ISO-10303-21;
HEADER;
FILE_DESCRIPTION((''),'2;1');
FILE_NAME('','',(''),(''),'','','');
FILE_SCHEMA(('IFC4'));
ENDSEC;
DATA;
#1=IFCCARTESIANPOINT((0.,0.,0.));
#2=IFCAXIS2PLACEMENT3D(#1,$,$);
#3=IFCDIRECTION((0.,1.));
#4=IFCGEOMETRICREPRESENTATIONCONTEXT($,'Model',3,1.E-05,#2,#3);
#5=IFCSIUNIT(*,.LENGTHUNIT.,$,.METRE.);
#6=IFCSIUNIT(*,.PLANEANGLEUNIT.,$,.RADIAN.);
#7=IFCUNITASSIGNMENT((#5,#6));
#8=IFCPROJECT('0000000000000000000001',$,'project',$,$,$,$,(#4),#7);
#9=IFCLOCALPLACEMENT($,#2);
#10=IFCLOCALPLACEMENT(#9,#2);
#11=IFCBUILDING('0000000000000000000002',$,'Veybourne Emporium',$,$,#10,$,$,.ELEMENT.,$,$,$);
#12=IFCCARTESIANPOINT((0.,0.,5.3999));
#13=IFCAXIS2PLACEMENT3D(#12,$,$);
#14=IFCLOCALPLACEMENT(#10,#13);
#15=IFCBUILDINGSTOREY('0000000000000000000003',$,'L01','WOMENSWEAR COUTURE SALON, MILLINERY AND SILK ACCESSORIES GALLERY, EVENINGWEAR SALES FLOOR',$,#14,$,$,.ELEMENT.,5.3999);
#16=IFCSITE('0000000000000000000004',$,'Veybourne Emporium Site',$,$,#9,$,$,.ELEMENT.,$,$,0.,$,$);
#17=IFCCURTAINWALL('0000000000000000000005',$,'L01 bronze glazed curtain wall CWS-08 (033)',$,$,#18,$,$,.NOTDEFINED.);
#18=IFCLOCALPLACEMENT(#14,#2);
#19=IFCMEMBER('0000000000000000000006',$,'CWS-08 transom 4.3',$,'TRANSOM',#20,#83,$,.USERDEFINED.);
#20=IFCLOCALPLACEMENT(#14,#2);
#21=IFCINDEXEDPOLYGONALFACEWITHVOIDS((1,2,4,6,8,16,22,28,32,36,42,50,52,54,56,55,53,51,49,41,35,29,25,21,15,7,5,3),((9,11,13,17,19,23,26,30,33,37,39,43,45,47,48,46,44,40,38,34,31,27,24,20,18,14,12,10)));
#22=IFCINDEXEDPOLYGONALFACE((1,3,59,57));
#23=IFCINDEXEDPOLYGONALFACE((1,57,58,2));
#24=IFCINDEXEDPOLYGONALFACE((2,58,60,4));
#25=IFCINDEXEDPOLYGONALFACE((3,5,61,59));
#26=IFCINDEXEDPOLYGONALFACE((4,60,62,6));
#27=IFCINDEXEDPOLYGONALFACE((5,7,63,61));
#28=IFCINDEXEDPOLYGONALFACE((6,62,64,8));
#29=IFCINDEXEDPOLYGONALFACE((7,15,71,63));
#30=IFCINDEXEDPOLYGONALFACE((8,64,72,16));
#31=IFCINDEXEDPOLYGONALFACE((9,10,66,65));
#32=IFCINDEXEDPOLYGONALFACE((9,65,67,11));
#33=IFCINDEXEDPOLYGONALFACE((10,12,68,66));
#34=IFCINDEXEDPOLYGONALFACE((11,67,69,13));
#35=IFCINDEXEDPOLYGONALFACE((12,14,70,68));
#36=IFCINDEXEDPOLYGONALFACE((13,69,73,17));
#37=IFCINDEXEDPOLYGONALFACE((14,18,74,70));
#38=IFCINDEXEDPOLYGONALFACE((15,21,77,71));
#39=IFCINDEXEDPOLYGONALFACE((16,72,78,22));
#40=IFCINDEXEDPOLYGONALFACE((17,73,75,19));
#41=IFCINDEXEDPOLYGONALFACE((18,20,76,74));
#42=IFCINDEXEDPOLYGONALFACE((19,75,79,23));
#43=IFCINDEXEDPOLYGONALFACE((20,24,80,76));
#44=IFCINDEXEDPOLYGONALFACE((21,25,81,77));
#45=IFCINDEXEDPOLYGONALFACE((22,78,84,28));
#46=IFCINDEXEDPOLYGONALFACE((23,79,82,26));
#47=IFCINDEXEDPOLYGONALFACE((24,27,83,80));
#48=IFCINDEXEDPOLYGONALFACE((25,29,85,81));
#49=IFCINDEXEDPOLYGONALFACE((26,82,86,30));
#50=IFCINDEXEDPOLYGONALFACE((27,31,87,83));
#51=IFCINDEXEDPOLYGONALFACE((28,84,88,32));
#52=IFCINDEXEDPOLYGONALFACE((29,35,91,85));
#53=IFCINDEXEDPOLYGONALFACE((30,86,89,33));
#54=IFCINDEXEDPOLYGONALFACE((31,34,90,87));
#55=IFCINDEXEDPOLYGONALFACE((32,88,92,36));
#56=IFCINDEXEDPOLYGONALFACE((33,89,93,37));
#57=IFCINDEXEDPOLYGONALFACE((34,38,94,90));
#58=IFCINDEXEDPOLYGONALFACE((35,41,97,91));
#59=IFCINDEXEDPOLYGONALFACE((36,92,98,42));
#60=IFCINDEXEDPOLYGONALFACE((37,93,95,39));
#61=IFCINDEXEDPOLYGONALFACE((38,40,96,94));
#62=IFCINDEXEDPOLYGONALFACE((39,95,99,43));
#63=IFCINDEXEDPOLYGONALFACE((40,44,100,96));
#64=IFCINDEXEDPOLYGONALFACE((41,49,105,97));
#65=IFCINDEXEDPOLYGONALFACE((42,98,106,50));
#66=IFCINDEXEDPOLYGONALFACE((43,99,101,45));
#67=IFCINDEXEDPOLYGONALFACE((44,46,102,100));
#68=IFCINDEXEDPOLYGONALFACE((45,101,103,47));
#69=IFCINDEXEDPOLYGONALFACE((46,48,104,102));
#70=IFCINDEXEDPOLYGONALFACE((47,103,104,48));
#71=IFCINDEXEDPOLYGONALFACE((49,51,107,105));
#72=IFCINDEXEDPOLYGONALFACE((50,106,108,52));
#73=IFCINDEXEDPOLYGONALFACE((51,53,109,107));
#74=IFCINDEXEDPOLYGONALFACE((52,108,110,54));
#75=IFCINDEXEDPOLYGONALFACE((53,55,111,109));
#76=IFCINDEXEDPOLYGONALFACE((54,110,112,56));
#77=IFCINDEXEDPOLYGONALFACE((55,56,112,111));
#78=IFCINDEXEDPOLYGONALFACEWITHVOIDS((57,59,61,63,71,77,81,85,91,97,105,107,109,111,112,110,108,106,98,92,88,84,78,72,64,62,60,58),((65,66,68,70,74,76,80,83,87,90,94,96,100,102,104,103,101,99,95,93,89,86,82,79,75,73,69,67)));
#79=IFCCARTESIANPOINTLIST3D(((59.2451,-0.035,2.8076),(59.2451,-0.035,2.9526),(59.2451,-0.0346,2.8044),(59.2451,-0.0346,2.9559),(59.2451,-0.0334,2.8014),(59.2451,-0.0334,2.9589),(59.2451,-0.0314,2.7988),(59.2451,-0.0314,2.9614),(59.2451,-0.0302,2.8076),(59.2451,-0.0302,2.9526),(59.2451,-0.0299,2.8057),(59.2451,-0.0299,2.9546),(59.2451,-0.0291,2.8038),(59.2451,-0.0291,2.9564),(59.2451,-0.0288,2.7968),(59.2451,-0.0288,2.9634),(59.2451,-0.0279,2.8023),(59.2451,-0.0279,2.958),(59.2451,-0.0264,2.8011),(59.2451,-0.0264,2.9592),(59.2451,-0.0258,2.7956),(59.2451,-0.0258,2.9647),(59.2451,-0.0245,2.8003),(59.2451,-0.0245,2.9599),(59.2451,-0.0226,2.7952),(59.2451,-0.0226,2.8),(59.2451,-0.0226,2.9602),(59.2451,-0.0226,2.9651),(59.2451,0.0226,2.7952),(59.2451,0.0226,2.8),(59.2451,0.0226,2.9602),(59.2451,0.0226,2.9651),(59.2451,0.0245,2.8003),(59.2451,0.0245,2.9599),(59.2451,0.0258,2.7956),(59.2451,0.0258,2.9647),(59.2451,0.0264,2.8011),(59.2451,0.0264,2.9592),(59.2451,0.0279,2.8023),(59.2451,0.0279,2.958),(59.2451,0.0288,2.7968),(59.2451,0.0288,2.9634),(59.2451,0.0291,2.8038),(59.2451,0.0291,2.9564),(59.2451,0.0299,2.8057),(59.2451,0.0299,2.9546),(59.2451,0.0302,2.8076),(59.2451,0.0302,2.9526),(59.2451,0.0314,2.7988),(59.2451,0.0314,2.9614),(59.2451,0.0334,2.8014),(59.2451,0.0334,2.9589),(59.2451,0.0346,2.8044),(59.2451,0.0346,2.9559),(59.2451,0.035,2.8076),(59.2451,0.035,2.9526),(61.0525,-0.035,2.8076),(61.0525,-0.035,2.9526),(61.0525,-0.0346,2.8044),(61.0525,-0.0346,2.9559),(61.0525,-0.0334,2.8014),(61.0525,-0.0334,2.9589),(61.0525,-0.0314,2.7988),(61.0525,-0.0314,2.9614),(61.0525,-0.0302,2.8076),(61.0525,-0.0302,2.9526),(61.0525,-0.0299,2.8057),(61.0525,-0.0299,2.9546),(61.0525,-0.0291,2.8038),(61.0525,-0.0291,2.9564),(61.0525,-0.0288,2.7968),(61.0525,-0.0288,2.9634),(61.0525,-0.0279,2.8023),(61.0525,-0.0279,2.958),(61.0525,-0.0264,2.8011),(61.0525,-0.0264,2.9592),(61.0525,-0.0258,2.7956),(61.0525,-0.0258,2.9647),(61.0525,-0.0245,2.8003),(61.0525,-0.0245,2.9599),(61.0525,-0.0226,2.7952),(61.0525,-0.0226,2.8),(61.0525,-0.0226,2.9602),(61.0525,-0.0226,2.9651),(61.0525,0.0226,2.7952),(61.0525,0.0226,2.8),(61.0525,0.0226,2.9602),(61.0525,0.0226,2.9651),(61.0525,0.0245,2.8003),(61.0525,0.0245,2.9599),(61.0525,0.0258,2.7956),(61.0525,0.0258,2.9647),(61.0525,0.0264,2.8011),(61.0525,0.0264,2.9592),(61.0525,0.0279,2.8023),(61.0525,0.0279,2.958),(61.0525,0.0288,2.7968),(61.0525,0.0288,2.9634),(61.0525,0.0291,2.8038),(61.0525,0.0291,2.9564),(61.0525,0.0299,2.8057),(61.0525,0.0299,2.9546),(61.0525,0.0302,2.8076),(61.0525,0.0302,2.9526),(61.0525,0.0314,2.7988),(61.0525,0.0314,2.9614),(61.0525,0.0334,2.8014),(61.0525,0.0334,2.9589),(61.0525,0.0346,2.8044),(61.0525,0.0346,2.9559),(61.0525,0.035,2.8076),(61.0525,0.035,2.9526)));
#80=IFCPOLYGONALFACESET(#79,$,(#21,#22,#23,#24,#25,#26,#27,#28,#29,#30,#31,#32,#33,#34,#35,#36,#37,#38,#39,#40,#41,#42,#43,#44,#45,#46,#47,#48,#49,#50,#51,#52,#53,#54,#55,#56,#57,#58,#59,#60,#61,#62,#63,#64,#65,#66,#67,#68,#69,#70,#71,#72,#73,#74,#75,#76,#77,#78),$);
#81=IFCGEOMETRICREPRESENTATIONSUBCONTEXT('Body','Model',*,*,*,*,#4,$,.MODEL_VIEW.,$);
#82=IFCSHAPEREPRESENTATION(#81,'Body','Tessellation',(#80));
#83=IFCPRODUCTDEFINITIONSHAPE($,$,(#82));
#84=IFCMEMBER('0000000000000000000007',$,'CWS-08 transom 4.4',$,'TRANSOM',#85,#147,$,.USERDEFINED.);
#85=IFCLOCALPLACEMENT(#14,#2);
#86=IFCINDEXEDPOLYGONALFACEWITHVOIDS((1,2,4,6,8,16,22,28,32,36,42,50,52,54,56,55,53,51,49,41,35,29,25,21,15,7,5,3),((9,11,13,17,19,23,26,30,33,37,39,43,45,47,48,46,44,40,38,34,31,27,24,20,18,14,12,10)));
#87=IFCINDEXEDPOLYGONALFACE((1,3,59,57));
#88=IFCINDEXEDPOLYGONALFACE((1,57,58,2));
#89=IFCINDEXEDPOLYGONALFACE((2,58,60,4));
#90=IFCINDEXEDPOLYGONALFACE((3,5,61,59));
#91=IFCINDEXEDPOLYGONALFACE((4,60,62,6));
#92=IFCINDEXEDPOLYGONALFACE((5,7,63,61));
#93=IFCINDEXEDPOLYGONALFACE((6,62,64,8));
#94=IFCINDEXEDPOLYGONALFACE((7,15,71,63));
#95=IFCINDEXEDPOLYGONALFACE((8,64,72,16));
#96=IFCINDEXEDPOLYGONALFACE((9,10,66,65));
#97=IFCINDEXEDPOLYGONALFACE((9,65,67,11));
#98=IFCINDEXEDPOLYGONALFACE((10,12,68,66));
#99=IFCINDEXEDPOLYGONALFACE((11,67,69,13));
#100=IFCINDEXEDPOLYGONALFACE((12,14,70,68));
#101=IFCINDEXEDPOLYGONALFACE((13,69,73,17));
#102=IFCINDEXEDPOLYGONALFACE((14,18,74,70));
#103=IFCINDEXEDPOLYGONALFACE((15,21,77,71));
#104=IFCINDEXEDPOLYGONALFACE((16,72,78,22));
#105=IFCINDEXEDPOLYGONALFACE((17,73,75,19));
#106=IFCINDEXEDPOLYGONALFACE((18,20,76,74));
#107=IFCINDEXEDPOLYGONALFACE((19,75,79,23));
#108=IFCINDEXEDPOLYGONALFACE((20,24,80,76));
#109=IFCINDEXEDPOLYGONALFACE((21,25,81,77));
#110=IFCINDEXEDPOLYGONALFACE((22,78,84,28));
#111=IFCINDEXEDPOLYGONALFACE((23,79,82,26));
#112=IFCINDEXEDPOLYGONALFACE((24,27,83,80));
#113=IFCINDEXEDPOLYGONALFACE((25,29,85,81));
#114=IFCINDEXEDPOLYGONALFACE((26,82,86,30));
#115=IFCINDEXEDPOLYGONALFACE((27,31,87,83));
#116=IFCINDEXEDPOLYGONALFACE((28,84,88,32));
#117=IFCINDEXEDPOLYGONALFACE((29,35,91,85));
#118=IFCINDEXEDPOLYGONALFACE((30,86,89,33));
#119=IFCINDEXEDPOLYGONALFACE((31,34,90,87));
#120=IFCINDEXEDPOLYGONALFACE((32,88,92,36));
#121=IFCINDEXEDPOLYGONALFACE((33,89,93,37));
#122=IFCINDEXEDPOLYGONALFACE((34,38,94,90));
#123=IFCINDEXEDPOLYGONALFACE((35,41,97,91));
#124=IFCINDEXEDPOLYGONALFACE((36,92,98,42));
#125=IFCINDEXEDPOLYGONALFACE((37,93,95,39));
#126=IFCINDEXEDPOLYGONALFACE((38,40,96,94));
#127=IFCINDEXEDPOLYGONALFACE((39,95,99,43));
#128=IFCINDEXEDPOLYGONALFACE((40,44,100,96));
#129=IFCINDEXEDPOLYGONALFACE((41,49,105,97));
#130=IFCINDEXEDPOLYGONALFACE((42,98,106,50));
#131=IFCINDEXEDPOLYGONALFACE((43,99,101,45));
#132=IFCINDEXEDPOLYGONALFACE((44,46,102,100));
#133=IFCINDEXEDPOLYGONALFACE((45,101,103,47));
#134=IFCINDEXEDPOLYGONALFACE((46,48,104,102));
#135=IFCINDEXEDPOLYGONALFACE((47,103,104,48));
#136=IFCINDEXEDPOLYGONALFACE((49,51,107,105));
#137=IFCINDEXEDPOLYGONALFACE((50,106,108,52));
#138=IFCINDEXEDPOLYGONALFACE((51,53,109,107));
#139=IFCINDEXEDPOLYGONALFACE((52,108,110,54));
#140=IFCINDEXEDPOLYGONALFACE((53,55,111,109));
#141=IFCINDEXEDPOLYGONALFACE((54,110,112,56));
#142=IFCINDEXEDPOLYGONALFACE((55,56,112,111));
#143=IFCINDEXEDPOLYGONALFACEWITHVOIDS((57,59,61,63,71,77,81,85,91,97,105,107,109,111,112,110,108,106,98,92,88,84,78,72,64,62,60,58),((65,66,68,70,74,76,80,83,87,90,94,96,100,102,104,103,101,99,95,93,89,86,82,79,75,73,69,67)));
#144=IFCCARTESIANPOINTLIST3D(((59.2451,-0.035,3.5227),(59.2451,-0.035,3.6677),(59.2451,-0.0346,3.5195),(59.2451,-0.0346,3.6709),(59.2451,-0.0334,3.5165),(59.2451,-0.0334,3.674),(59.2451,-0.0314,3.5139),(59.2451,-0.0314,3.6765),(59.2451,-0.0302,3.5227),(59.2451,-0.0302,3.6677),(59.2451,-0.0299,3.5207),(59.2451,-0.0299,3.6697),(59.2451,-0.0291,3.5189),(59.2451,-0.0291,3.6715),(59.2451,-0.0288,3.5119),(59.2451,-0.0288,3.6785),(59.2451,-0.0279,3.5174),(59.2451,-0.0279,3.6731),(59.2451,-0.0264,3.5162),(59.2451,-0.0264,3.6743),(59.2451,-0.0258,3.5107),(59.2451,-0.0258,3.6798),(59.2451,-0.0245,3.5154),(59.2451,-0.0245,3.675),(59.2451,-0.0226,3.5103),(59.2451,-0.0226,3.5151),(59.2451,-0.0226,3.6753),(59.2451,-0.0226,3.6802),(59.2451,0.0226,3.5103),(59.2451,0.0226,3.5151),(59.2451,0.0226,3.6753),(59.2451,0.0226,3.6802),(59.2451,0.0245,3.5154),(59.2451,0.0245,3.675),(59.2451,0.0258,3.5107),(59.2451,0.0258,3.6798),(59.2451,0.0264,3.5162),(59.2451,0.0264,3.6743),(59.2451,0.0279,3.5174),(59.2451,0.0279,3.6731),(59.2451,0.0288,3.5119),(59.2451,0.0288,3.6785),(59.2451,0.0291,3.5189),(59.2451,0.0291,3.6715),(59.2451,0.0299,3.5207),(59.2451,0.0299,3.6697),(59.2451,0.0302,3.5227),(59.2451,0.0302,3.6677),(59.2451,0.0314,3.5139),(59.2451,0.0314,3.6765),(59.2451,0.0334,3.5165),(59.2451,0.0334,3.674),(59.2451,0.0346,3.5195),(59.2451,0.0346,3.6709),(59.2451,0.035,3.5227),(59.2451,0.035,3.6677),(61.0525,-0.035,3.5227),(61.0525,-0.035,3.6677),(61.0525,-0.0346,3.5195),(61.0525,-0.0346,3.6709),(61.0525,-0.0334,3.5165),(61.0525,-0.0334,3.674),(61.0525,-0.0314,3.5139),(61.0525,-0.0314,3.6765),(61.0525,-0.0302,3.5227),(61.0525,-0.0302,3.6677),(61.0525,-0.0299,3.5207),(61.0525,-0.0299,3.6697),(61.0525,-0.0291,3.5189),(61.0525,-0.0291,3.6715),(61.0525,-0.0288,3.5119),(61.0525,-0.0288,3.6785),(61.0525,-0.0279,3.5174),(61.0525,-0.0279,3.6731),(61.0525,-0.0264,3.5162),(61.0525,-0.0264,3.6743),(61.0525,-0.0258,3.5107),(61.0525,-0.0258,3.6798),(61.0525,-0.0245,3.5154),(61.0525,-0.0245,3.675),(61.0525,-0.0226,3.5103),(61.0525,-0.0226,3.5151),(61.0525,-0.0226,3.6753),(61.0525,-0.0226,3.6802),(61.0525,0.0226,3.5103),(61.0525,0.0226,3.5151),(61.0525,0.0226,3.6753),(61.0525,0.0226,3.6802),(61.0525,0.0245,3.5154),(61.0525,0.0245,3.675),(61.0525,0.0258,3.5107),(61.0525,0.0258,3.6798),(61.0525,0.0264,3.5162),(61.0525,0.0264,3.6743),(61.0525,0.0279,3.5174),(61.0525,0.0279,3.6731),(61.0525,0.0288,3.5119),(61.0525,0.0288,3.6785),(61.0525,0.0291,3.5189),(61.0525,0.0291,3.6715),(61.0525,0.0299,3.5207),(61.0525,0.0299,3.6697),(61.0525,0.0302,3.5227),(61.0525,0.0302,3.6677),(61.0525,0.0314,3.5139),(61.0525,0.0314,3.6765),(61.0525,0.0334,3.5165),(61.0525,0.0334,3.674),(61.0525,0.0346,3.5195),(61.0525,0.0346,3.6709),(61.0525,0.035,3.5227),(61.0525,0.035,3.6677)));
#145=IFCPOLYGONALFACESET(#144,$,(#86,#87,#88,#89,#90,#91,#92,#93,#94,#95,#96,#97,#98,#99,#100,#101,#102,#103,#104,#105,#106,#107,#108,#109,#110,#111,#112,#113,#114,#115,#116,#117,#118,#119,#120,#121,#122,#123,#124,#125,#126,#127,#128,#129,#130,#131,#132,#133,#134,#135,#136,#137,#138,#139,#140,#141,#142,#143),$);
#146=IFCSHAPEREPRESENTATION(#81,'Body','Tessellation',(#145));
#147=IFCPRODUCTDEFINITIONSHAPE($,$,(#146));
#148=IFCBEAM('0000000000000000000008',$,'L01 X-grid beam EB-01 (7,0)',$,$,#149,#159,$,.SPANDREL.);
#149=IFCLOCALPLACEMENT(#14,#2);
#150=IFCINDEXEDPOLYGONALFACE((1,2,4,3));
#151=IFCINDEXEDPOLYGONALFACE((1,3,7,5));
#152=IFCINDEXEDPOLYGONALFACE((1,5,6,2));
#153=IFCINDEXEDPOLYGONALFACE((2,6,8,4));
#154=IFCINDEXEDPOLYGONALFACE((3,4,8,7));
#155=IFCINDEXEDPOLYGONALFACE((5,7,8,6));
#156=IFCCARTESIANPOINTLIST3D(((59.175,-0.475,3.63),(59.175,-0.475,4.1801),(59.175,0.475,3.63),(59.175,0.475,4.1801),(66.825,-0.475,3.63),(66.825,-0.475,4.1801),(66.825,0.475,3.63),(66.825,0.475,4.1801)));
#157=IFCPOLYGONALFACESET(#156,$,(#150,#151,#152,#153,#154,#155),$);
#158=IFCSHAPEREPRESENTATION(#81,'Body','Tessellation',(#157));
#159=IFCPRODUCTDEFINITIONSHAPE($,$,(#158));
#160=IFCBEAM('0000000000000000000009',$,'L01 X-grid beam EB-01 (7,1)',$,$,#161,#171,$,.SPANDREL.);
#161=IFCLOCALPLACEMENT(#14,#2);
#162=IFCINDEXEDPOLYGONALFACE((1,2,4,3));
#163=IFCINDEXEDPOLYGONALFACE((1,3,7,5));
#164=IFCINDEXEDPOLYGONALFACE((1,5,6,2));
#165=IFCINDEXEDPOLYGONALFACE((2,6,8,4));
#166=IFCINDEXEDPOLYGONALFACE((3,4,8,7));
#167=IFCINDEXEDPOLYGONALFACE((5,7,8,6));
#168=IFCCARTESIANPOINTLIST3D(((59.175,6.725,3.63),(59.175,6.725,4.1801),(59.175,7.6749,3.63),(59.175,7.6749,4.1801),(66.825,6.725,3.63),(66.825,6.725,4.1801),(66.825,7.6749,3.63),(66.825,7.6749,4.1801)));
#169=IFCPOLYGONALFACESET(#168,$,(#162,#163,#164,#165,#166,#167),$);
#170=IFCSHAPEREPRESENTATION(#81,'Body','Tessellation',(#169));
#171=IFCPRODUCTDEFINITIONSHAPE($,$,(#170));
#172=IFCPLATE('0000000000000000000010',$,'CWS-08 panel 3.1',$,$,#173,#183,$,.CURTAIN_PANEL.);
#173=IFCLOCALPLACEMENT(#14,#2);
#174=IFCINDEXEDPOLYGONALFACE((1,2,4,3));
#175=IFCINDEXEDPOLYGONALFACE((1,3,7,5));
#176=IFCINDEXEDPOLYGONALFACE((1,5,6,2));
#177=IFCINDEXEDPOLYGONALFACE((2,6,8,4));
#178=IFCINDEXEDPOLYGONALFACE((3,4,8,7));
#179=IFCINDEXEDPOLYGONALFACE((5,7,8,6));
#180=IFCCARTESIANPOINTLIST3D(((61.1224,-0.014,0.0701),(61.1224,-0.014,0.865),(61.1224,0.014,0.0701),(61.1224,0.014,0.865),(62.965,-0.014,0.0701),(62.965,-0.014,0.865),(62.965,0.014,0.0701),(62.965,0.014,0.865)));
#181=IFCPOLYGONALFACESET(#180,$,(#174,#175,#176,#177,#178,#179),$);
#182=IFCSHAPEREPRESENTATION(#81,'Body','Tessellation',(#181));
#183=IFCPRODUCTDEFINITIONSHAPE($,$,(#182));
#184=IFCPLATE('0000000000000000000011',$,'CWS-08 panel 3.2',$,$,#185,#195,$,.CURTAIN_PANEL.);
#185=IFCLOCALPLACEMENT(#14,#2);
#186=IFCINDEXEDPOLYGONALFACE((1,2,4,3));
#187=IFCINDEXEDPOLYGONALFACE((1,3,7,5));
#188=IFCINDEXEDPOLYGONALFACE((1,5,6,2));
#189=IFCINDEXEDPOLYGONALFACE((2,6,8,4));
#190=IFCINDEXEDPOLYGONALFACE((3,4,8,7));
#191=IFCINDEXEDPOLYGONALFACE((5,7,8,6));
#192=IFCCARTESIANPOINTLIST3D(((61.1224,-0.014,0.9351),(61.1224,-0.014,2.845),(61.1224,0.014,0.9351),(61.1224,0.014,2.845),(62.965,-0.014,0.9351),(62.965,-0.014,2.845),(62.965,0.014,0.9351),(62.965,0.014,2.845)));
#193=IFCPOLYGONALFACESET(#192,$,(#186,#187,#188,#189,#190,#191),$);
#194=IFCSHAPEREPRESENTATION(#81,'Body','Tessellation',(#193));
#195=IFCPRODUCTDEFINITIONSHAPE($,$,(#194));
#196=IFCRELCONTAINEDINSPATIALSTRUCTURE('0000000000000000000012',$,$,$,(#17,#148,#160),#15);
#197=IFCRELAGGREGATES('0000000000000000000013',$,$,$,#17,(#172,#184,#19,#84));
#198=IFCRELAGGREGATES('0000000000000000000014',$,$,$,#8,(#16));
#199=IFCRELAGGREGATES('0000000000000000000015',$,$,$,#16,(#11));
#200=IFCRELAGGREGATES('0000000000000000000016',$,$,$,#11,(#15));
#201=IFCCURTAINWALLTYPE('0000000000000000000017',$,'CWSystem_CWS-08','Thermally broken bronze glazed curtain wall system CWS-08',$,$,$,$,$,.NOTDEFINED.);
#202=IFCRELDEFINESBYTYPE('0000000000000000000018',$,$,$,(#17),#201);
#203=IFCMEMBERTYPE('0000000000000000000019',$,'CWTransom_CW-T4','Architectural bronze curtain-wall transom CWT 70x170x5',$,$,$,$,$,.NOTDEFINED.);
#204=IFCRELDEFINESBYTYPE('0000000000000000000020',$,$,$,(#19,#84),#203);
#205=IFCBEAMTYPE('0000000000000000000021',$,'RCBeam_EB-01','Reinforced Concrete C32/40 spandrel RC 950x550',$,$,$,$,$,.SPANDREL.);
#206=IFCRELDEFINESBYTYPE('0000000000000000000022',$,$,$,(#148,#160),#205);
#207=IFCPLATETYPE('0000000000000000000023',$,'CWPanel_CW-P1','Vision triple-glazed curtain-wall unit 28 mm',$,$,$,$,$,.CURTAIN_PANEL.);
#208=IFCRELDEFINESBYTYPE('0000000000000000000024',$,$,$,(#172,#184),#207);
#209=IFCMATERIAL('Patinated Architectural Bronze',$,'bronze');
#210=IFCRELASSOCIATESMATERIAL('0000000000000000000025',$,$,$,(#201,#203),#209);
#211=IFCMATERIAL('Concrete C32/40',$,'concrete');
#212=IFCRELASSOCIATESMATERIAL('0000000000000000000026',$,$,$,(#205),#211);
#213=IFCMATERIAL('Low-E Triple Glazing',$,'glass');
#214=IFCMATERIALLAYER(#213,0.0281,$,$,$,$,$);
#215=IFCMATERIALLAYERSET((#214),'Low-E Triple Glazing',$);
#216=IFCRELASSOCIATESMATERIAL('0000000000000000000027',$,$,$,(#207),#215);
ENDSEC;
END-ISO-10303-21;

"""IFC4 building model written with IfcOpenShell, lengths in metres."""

from ifc_helpers import new_model, si_unit, direction, frame, origin, origin_2d, place, context, subcontext, project, spatial, rectangle, hollow_rectangle, extrude, material, layer, layer_set, material_profile, profile_set, type_object, element, aggregate, save


model = new_model("IFC4")

# Units and contexts
model_context = context("Model", 3, precision=1e-05, world=origin(), true_north=direction((0.0, 1.0)))
body_context = subcontext(model_context, "Body", "Model", "MODEL_VIEW")
ifc_project = project(units=[si_unit("LENGTHUNIT", "METRE"), si_unit("PLANEANGLEUNIT", "RADIAN")], contexts=[model_context])

# Site, building, storey
site_placement = place(None, origin())
site = spatial("IfcSite", under=ifc_project, at=site_placement, Name="Veybourne Emporium Site", CompositionType="ELEMENT", RefElevation=0.0)
building_placement = place(site_placement, origin())
building = spatial("IfcBuilding", under=site, at=building_placement, Name="Veybourne Emporium", CompositionType="ELEMENT")
storey_placement = place(building_placement, frame((0.0, 0.0, 5.3999)))
storey = spatial("IfcBuildingStorey", under=building, at=storey_placement, Name="L01", Description="WOMENSWEAR COUTURE SALON, MILLINERY AND SILK ACCESSORIES GALLERY, EVENINGWEAR SALES FLOOR", CompositionType="ELEMENT", Elevation=5.3999)

# Shared definitions
ifc_material_1 = material(Name="Patinated Architectural Bronze", Category="bronze")

# Curtain wall
curtain_wall_type_1 = type_object("IfcCurtainWallType", Name="CWSystem_CWS-08", Description="Thermally broken bronze glazed curtain wall system CWS-08", PredefinedType="NOTDEFINED", material=ifc_material_1)
curtain_wall_1_placement = place(storey_placement, origin())
curtain_wall_1 = element("IfcCurtainWall", 1, at=curtain_wall_1_placement, inside=storey, type_object=curtain_wall_type_1, Name="L01 bronze glazed curtain wall CWS-08 (033)", PredefinedType="NOTDEFINED")

# Members
ifc_material_profile_1 = material_profile(ifc_material_1, hollow_rectangle(XDim=0.0701, YDim=0.1699, WallThickness=0.0049, InnerFilletRadius=0.0076, OuterFilletRadius=0.0125, at=origin_2d()), Name="CWT 70x170x5")
ifc_profile_set_1 = profile_set([ifc_material_profile_1], Name="Patinated Architectural Bronze")
member_type_1 = type_object("IfcMemberType", Name="CWTransom_CW-T4", Description="Architectural bronze curtain-wall transom CWT 70x170x5", PredefinedType="NOTDEFINED", material=ifc_profile_set_1)
member_1_placement = place(storey_placement, frame((61.0525, 0.0, 2.8801), z_axis=(-1.0, 0.0, 0.0), x_axis=(0.0, -1.0, 0.0)))
member_1 = element("IfcMember", 2, at=member_1_placement, type_object=member_type_1, Name="CWS-08 transom 4.3", ObjectType="TRANSOM", PredefinedType="USERDEFINED", context=body_context, shape_type="SweptSolid", body=[
    extrude(hollow_rectangle(XDim=0.0701, YDim=0.1699, WallThickness=0.0049, InnerFilletRadius=0.0076, OuterFilletRadius=0.0125, at=origin_2d()), origin(), (0.0, 0.0, 1.0), 1.8074),
])
member_2_placement = place(storey_placement, frame((61.0525, 0.0, 3.5952), z_axis=(-1.0, 0.0, 0.0), x_axis=(0.0, -1.0, 0.0)))
member_2 = element("IfcMember", 3, at=member_2_placement, type_object=member_type_1, Name="CWS-08 transom 4.4", ObjectType="TRANSOM", PredefinedType="USERDEFINED", context=body_context, shape_type="SweptSolid", body=[
    extrude(hollow_rectangle(XDim=0.0701, YDim=0.1699, WallThickness=0.0049, InnerFilletRadius=0.0076, OuterFilletRadius=0.0125, at=origin_2d()), origin(), (0.0, 0.0, 1.0), 1.8074),
])

# Beams
ifc_material_2 = material(Name="Concrete C32/40", Category="concrete")
ifc_material_profile_2 = material_profile(ifc_material_2, rectangle(XDim=0.95, YDim=0.55, at=origin_2d()), Name="RC 950x550")
ifc_profile_set_2 = profile_set([ifc_material_profile_2], Name="Concrete C32/40")
beam_type = type_object("IfcBeamType", Name="RCBeam_EB-01", Description="Reinforced Concrete C32/40 spandrel RC 950x550", PredefinedType="SPANDREL", material=ifc_profile_set_2)
for number, where, z_axis, x_axis, name in (
    (4, (59.175, 0.0, 3.905), (1.0, 0.0, 0.0), (0.0, 1.0, 0.0), "L01 X-grid beam EB-01 (7,0)"),
    (5, (59.175, 7.2, 3.905), (1.0, 0.0, 0.0), (0.0, 1.0, 0.0), "L01 X-grid beam EB-01 (7,1)"),
):
    element("IfcBeam", number, at=place(storey_placement, frame(where, z_axis=z_axis, x_axis=x_axis)), inside=storey, type_object=beam_type, Name=name, PredefinedType="SPANDREL", context=body_context, shape_type="SweptSolid", body=[
        extrude(rectangle(XDim=0.95, YDim=0.55, at=origin_2d()), origin(), (0.0, 0.0, 1.0), 7.6499),
    ])

# Plates
ifc_material_3 = material(Name="Low-E Triple Glazing", Category="glass")
ifc_layer = layer(ifc_material_3, 0.0281)
ifc_layer_set = layer_set([ifc_layer], Name="Low-E Triple Glazing")
plate_type = type_object("IfcPlateType", Name="CWPanel_CW-P1", Description="Vision triple-glazed curtain-wall unit 28 mm", PredefinedType="CURTAIN_PANEL", material=ifc_layer_set)
plate_1_placement = place(storey_placement, frame((62.0437, 0.0, 0.0701), z_axis=(0.0, 0.0, 1.0), x_axis=(-1.0, 0.0, 0.0)))
plate_1 = element("IfcPlate", 6, at=plate_1_placement, type_object=plate_type, Name="CWS-08 panel 3.1", PredefinedType="CURTAIN_PANEL", context=body_context, shape_type="SweptSolid", body=[
    extrude(rectangle(XDim=1.8425, YDim=0.0281, at=origin_2d()), origin(), (0.0, 0.0, 1.0), 0.7949),
])
plate_2_placement = place(storey_placement, frame((62.0437, 0.0, 0.9351), z_axis=(0.0, 0.0, 1.0), x_axis=(-1.0, 0.0, 0.0)))
plate_2 = element("IfcPlate", 7, at=plate_2_placement, type_object=plate_type, Name="CWS-08 panel 3.2", PredefinedType="CURTAIN_PANEL", context=body_context, shape_type="SweptSolid", body=[
    extrude(rectangle(XDim=1.8425, YDim=0.0281, at=origin_2d()), origin(), (0.0, 0.0, 1.0), 1.9099),
])
aggregate(curtain_wall_1, [plate_1, plate_2, member_1, member_2])

save(model, "model.ifc")
